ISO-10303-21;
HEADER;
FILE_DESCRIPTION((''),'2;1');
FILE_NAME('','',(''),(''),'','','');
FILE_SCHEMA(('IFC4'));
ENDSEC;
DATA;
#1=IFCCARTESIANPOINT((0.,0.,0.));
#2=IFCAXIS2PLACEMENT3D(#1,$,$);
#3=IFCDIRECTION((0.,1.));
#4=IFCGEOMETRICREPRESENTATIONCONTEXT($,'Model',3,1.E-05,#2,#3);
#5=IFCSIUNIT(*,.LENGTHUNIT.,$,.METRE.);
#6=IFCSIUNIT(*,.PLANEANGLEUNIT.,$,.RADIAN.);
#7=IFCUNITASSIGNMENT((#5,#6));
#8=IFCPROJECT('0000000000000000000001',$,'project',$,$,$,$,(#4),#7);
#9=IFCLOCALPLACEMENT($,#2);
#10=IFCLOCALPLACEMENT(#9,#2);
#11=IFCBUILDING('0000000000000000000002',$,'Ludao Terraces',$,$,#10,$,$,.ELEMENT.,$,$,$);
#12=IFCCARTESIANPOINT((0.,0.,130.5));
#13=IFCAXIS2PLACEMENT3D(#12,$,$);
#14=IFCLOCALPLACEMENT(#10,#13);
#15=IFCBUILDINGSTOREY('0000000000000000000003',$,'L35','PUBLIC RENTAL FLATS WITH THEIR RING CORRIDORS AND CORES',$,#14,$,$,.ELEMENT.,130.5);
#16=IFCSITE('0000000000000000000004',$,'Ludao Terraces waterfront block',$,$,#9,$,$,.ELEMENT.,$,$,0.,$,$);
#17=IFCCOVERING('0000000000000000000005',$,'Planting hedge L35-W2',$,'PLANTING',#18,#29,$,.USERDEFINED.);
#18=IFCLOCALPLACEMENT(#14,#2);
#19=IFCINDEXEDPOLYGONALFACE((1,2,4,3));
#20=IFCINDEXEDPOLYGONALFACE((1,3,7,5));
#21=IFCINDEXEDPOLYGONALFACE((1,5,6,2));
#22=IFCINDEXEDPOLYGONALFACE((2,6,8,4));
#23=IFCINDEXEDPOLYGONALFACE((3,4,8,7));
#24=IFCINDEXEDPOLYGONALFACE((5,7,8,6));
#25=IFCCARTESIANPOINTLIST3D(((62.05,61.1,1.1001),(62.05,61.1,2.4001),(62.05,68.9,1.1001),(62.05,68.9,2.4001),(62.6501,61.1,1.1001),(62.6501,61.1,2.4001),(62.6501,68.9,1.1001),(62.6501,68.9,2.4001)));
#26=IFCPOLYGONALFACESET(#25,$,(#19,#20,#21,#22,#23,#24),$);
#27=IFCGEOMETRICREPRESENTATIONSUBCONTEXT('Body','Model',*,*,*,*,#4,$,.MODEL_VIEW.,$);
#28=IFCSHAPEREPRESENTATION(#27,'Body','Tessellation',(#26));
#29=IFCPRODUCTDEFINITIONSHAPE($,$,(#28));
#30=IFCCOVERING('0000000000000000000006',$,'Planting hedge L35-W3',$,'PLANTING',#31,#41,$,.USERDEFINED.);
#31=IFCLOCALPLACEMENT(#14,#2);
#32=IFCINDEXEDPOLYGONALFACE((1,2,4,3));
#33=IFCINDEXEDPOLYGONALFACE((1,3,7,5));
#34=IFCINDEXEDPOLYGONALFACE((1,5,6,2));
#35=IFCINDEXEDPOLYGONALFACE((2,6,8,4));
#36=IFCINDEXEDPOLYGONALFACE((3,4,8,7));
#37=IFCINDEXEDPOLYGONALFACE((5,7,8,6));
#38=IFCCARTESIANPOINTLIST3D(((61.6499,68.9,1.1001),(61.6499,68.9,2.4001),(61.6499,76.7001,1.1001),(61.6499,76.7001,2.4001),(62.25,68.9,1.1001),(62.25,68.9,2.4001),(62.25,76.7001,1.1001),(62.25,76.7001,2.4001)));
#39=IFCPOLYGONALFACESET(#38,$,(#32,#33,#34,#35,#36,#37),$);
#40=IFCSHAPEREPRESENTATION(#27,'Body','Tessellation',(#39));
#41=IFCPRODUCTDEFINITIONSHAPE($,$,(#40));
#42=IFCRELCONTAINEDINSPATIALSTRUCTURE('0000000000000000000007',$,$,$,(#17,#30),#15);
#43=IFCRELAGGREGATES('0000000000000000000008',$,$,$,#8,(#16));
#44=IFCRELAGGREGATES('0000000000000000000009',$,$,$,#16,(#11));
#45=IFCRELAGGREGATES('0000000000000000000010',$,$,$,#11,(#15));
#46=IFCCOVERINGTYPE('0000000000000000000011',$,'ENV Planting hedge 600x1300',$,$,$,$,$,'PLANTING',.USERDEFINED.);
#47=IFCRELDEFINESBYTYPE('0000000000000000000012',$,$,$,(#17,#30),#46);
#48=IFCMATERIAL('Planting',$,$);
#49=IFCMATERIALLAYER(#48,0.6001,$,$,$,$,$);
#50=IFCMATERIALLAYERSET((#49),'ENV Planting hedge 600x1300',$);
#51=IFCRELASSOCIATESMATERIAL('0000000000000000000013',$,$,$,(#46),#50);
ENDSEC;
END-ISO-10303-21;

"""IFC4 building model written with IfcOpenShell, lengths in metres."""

from ifc_helpers import new_model, si_unit, direction, frame, origin, origin_2d, place, context, subcontext, project, spatial, rectangle, extrude, material, layer, layer_set, type_object, element, save


model = new_model("IFC4")

# Units and contexts
model_context = context("Model", 3, precision=1e-05, world=origin(), true_north=direction((0.0, 1.0)))
body_context = subcontext(model_context, "Body", "Model", "MODEL_VIEW")
ifc_project = project(units=[si_unit("LENGTHUNIT", "METRE"), si_unit("PLANEANGLEUNIT", "RADIAN")], contexts=[model_context])

# Site, building, storey
site_placement = place(None, origin())
site = spatial("IfcSite", under=ifc_project, at=site_placement, Name="Ludao Terraces waterfront block", CompositionType="ELEMENT", RefElevation=0.0)
building_placement = place(site_placement, origin())
building = spatial("IfcBuilding", under=site, at=building_placement, Name="Ludao Terraces", CompositionType="ELEMENT")
storey_placement = place(building_placement, frame((0.0, 0.0, 130.5)))
storey = spatial("IfcBuildingStorey", under=building, at=storey_placement, Name="L35", Description="PUBLIC RENTAL FLATS WITH THEIR RING CORRIDORS AND CORES", CompositionType="ELEMENT", Elevation=130.5)

# Coverings
ifc_material_1 = material(Name="Planting")
ifc_layer_1 = layer(ifc_material_1, 0.6001)
ifc_layer_set_1 = layer_set([ifc_layer_1], Name="ENV Planting hedge 600x1300")
covering_type = type_object("IfcCoveringType", Name="ENV Planting hedge 600x1300", ElementType="PLANTING", PredefinedType="USERDEFINED", material=ifc_layer_set_1)
for number, where, z_axis, x_axis, name in (
    (1, (62.3501, 65.0, 1.1001), (0.0, 0.0, 1.0), (1.0, 0.0, 0.0), "Planting hedge L35-W2"),
    (2, (61.95, 72.8, 1.1001), (0.0, 0.0, 1.0), (1.0, 0.0, 0.0), "Planting hedge L35-W3"),
):
    element("IfcCovering", number, at=place(storey_placement, frame(where, z_axis=z_axis, x_axis=x_axis)), inside=storey, type_object=covering_type, Name=name, ObjectType="PLANTING", PredefinedType="USERDEFINED", context=body_context, shape_type="SweptSolid", body=[
        extrude(rectangle(XDim=0.6001, YDim=7.8, at=origin_2d()), origin(), (0.0, 0.0, 1.0), 1.3),
    ])

save(model, "model.ifc")
